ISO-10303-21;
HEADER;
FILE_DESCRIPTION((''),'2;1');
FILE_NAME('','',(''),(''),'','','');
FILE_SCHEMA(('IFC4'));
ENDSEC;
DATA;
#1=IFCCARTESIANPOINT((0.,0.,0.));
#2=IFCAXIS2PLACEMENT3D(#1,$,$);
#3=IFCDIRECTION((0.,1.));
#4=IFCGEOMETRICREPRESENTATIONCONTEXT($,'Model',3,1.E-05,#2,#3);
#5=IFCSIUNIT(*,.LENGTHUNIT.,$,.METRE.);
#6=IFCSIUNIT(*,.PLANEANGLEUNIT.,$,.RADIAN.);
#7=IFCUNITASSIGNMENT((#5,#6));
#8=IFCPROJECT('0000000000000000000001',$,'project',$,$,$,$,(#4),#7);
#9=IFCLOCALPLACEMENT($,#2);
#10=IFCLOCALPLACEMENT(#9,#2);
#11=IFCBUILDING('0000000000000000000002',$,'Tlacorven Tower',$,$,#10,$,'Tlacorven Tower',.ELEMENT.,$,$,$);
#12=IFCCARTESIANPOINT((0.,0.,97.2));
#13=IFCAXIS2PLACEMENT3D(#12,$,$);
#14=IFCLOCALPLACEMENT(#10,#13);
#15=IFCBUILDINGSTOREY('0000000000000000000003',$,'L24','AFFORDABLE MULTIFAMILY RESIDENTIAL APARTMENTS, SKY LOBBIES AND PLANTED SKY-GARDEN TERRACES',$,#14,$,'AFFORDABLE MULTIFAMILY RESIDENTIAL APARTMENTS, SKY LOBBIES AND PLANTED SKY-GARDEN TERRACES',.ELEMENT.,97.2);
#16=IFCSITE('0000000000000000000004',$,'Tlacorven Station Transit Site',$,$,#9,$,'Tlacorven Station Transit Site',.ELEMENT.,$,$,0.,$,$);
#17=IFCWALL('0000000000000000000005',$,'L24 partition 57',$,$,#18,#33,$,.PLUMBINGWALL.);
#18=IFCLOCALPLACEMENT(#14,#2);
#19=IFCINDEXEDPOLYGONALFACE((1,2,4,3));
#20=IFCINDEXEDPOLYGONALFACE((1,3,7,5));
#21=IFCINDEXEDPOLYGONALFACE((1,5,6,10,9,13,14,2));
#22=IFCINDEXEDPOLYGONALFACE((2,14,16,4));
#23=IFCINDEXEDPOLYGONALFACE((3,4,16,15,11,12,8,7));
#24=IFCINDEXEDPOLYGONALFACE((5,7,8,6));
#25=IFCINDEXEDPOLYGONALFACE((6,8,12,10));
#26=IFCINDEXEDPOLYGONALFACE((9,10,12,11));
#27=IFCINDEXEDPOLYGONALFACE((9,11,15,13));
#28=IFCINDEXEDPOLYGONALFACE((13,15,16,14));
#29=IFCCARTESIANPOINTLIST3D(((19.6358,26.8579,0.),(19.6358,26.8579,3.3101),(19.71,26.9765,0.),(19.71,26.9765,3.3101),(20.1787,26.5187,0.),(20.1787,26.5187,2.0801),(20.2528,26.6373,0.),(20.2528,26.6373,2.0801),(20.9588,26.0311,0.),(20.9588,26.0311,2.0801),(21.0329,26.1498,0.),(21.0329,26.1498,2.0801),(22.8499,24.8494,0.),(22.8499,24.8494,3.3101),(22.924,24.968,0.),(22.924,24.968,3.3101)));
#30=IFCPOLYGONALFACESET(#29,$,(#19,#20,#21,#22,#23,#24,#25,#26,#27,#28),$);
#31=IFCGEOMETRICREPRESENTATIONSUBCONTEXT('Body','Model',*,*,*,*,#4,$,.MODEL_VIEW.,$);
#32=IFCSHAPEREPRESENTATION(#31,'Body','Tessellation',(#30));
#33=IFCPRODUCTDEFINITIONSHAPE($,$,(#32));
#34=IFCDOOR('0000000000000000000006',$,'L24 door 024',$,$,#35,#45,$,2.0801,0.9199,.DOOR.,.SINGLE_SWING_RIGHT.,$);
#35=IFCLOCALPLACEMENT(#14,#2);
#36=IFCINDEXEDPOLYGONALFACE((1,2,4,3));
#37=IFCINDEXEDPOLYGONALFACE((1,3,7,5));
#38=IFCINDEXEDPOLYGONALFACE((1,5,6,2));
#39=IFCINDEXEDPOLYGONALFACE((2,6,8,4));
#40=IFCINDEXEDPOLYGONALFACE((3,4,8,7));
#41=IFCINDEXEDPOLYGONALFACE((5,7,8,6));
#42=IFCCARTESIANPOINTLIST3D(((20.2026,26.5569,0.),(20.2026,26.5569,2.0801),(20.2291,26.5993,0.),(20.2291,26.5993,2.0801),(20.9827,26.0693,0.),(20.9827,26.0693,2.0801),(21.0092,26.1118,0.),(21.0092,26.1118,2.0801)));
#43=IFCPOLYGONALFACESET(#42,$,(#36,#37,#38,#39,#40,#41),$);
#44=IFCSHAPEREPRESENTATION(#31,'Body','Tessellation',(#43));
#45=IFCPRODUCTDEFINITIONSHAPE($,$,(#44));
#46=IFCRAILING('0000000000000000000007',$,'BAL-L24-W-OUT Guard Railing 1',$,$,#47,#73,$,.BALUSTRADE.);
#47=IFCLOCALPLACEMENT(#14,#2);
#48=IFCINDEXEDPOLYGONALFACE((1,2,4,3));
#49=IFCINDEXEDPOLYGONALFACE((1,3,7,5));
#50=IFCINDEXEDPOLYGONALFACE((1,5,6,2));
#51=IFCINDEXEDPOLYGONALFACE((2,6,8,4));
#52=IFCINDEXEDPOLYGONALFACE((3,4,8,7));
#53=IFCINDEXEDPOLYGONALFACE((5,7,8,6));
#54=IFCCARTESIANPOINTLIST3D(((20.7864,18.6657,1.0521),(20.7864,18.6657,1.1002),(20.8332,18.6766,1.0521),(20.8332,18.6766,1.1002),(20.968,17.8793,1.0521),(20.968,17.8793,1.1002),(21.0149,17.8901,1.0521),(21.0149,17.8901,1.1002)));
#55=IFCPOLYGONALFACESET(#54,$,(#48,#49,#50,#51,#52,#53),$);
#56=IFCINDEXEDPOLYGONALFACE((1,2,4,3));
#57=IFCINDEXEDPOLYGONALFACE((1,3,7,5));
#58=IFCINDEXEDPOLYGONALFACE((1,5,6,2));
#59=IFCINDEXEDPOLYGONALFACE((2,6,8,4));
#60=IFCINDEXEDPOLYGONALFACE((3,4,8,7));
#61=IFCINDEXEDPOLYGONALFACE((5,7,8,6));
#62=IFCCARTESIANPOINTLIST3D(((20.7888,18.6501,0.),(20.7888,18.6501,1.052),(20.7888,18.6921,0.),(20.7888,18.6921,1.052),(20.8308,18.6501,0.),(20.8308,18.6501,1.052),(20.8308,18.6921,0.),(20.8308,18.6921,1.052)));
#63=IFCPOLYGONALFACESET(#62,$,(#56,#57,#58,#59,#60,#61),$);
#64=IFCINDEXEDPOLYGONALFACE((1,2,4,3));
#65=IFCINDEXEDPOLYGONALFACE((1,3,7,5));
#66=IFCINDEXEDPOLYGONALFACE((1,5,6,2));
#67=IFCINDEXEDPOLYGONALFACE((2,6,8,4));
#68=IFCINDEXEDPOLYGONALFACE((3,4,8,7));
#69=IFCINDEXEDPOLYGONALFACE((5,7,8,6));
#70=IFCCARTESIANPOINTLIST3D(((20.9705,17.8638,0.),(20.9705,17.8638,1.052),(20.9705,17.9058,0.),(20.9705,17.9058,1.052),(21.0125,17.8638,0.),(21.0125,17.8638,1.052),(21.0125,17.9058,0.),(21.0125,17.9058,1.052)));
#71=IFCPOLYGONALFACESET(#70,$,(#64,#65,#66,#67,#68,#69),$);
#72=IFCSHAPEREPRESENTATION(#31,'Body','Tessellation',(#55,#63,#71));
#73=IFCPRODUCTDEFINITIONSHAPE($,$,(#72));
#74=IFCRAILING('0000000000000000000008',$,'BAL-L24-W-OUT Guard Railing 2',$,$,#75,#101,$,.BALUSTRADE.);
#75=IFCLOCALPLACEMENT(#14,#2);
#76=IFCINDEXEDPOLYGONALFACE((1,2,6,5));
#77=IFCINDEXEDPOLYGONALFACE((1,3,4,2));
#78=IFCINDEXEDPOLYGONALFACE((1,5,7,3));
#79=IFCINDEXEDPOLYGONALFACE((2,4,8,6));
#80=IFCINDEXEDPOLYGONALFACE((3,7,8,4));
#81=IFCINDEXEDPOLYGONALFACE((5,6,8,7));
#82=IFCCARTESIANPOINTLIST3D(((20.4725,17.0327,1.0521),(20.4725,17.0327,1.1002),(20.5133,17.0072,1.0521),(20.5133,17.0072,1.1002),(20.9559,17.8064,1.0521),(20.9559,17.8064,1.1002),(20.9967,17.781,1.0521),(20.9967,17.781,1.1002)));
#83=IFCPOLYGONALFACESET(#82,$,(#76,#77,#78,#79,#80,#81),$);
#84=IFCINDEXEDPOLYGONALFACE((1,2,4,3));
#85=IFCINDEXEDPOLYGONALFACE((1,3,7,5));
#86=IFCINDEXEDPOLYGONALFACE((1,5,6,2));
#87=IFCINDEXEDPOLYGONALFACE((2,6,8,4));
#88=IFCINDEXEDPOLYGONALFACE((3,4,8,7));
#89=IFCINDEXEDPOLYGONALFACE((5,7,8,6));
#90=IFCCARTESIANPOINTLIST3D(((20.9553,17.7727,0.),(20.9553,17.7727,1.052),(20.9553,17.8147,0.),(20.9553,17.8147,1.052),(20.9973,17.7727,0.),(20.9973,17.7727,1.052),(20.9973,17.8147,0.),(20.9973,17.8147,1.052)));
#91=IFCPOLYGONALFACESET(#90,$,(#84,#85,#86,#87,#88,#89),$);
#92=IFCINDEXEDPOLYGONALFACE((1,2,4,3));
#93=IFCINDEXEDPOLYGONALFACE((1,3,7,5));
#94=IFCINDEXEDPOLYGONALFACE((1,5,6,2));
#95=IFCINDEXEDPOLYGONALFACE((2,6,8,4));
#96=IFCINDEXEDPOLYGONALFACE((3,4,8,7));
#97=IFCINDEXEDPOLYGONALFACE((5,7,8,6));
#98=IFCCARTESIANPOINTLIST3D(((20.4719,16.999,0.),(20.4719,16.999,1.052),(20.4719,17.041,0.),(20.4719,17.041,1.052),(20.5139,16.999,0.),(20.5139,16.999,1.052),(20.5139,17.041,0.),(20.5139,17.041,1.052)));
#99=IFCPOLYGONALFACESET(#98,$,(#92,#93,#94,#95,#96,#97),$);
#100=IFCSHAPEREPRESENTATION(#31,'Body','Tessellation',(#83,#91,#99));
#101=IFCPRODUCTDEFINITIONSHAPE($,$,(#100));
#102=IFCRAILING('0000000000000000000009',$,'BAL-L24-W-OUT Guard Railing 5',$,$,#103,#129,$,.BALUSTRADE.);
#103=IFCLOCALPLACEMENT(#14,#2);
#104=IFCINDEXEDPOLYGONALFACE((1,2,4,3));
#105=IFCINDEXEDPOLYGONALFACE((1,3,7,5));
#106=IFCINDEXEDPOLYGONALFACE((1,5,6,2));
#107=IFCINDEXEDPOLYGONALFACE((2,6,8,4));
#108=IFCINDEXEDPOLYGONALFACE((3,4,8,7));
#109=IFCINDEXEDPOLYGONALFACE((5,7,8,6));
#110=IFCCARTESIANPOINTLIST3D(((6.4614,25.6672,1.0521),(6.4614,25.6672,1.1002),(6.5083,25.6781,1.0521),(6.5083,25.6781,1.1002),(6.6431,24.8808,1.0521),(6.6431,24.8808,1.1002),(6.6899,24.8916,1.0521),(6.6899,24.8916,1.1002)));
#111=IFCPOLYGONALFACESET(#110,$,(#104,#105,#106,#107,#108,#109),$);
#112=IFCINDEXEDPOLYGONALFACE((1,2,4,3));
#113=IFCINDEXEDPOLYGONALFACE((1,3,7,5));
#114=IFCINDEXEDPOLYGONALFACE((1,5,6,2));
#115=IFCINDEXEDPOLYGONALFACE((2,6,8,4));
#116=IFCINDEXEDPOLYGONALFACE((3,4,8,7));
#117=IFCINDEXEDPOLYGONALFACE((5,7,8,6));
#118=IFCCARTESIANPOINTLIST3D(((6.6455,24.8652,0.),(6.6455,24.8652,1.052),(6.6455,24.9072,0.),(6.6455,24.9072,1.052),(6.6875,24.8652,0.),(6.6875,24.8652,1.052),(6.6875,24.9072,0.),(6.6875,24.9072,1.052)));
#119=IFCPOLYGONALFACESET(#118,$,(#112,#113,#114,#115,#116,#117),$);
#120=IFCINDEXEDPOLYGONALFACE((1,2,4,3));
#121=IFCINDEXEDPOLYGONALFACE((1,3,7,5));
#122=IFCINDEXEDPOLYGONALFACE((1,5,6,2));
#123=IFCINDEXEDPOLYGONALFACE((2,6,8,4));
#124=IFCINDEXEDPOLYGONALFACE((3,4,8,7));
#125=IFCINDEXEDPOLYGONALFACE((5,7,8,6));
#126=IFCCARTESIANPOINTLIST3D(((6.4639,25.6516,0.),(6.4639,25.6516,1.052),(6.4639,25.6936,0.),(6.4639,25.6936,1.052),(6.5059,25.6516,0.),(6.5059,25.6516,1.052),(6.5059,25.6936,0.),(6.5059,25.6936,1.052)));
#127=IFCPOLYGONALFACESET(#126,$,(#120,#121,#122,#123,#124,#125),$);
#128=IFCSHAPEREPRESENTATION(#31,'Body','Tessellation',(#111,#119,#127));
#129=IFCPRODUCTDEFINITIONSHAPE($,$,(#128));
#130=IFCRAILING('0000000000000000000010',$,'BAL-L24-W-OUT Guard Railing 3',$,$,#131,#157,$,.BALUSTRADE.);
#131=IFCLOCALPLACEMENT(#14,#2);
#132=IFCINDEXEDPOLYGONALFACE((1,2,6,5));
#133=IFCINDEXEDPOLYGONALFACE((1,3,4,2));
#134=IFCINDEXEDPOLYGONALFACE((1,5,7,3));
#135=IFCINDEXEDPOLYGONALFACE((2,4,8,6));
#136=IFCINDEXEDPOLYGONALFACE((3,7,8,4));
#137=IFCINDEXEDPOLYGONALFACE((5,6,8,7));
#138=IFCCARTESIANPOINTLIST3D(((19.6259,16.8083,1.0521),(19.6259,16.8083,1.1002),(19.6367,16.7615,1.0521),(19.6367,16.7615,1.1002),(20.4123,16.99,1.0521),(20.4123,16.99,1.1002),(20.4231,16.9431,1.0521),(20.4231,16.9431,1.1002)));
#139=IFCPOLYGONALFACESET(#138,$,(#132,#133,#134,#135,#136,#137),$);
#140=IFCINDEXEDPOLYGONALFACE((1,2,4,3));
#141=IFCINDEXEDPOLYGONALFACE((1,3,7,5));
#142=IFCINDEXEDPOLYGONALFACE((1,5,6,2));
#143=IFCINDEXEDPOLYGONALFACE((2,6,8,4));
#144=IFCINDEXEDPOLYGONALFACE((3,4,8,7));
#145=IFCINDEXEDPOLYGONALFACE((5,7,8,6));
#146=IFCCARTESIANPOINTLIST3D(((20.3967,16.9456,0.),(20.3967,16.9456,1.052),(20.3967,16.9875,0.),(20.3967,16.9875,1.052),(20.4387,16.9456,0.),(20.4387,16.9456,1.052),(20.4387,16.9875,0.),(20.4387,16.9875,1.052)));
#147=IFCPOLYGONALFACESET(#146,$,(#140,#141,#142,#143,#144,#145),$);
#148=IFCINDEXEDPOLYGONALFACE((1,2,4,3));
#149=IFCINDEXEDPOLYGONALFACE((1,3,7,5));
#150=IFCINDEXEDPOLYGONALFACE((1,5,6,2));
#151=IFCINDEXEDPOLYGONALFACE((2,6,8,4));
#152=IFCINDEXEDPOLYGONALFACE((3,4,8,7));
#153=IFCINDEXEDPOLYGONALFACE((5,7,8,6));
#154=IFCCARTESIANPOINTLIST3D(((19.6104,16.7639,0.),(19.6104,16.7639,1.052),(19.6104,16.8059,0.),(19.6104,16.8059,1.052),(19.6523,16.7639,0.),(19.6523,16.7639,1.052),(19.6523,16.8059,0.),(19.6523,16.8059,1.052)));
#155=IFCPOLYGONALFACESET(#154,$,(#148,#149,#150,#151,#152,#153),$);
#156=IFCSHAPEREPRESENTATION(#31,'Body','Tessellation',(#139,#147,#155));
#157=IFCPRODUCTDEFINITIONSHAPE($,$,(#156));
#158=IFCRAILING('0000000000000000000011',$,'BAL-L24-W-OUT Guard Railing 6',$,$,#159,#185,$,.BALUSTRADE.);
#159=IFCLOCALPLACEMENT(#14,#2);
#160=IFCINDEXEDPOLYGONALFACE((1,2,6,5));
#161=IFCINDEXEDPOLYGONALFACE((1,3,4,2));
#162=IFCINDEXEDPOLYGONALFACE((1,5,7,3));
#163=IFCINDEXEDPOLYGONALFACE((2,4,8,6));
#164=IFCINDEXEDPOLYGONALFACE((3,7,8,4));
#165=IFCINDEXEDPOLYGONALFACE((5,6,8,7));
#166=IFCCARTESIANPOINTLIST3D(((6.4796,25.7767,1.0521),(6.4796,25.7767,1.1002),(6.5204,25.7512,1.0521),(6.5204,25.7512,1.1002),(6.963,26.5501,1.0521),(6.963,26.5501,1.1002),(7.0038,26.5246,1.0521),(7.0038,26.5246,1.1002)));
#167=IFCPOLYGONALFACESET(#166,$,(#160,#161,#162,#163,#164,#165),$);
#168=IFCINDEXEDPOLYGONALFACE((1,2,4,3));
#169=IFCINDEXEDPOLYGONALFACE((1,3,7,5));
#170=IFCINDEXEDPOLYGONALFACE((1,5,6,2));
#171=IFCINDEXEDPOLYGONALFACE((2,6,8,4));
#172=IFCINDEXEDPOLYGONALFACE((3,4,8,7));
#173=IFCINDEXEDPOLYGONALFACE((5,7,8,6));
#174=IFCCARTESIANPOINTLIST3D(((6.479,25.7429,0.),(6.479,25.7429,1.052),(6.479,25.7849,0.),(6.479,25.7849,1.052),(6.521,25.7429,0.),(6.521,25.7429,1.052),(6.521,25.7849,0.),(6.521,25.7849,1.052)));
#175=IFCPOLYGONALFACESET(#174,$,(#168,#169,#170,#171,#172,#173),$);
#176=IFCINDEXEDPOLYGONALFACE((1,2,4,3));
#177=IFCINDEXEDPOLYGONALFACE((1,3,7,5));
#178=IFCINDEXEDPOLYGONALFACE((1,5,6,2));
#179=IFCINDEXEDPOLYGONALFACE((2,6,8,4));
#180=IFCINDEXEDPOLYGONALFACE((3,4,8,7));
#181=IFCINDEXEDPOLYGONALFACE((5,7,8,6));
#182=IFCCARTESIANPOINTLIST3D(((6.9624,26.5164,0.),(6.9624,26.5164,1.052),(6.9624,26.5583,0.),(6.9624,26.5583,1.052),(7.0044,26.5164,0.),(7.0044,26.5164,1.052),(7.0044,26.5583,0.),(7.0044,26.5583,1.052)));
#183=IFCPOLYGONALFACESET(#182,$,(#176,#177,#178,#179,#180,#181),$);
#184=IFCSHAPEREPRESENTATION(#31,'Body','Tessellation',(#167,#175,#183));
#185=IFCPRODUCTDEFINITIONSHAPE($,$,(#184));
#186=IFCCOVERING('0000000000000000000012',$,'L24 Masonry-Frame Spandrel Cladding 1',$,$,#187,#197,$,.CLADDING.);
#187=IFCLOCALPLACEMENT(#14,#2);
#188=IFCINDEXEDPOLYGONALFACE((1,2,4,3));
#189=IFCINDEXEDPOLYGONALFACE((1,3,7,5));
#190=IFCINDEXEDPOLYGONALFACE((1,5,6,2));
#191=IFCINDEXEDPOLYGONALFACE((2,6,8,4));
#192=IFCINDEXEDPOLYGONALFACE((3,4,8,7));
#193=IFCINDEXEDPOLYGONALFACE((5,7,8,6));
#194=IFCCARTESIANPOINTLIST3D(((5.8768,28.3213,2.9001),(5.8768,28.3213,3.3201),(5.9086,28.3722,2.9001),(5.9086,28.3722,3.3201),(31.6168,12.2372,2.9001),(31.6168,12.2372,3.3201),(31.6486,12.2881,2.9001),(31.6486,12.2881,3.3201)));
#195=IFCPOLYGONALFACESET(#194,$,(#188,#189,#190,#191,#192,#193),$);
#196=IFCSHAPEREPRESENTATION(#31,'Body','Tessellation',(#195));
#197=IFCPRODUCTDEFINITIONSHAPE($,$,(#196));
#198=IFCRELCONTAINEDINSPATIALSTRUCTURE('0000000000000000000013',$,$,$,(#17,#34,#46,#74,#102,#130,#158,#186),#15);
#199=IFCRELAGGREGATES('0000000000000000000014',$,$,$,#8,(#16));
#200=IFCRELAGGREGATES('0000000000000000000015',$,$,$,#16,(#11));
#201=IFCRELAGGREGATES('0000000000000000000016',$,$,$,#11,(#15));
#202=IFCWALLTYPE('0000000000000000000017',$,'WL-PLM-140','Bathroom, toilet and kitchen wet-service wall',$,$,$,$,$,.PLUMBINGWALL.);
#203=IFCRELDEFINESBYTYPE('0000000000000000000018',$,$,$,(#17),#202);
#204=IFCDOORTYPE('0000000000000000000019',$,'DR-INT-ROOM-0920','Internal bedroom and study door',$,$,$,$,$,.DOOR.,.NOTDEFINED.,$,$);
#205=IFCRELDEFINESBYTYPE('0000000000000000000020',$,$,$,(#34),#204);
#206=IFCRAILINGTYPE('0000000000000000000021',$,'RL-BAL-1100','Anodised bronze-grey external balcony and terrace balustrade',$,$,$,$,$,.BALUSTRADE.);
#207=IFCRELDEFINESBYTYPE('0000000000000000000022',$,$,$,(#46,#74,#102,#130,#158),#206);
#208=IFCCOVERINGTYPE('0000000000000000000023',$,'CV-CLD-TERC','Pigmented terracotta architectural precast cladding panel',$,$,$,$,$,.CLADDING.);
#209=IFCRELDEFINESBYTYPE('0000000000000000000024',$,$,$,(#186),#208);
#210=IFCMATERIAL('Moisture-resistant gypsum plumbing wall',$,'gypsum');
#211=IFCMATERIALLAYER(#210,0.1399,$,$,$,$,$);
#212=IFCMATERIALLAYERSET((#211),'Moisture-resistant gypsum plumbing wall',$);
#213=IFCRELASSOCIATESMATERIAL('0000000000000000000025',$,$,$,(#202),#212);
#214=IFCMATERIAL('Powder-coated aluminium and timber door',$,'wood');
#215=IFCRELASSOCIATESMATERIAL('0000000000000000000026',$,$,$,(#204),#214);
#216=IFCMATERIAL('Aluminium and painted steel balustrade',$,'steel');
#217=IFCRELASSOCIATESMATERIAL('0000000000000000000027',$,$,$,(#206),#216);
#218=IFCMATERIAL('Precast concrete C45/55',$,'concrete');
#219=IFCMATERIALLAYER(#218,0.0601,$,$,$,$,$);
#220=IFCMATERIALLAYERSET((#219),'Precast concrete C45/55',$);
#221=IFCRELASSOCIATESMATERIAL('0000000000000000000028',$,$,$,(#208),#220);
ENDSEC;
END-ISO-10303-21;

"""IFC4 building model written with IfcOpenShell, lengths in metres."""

from ifc_helpers import new_model, si_unit, direction, frame, frame_2d, origin, origin_2d, place, context, subcontext, project, spatial, rectangle, extrude, source, transform, mapped, material, layer, layer_set, type_object, element, fill, save


model = new_model("IFC4")

# Units and contexts
model_context = context("Model", 3, precision=1e-05, world=origin(), true_north=direction((0.0, 1.0)))
body_context = subcontext(model_context, "Body", "Model", "MODEL_VIEW")
ifc_project = project(units=[si_unit("LENGTHUNIT", "METRE"), si_unit("PLANEANGLEUNIT", "RADIAN")], contexts=[model_context])

# Site, building, storey
site_placement = place(None, origin())
site = spatial("IfcSite", under=ifc_project, at=site_placement, Name="Tlacorven Station Transit Site", LongName="Tlacorven Station Transit Site", CompositionType="ELEMENT", RefElevation=0.0)
building_placement = place(site_placement, origin())
building = spatial("IfcBuilding", under=site, at=building_placement, Name="Tlacorven Tower", LongName="Tlacorven Tower", CompositionType="ELEMENT")
storey_placement = place(building_placement, frame((0.0, 0.0, 97.2)))
storey = spatial("IfcBuildingStorey", under=building, at=storey_placement, Name="L24", Description="AFFORDABLE MULTIFAMILY RESIDENTIAL APARTMENTS, SKY LOBBIES AND PLANTED SKY-GARDEN TERRACES", LongName="AFFORDABLE MULTIFAMILY RESIDENTIAL APARTMENTS, SKY LOBBIES AND PLANTED SKY-GARDEN TERRACES", CompositionType="ELEMENT", Elevation=97.2)

# Shared definitions
ifc_material_1 = material(Name="Precast concrete C45/55", Category="concrete")

# Wall, opening, door
ifc_material_2 = material(Name="Moisture-resistant gypsum plumbing wall", Category="gypsum")
ifc_layer_1 = layer(ifc_material_2, 0.1399)
ifc_layer_set_1 = layer_set([ifc_layer_1], Name="Moisture-resistant gypsum plumbing wall")
wall_type = type_object("IfcWallType", Name="WL-PLM-140", Description="Bathroom, toilet and kitchen wet-service wall", PredefinedType="PLUMBINGWALL", material=ifc_layer_set_1)
wall_placement = place(storey_placement, frame((22.887, 24.9087, 0.0), z_axis=(0.0, 0.0, 1.0), x_axis=(-0.848031, 0.529947, 0.0)))
wall = element("IfcWall", 1, at=wall_placement, inside=storey, type_object=wall_type, Name="L24 partition 57", PredefinedType="PLUMBINGWALL", context=body_context, shape_type="SweptSolid", body=[
    extrude(rectangle(XDim=3.79, YDim=0.1399, at=frame_2d((1.895, 0.0))), origin(), (0.0, 0.0, 1.0), 3.3101),
])
opening_placement = place(wall_placement, frame((2.23, 0.0, 0.0)))
opening = element("IfcOpeningElement", 2, at=opening_placement, cuts=wall, PredefinedType="OPENING", context=body_context, shape_type="SweptSolid", body=[
    extrude(rectangle(XDim=0.9199, YDim=2.0801, at=frame_2d((0.46, 1.04))), frame((0.0, 0.0801, 0.0), z_axis=(0.0, -1.0, 0.0), x_axis=(1.0, 0.0, 0.0)), (0.0, 0.0, 1.0), 0.1599),
])
ifc_material_3 = material(Name="Powder-coated aluminium and timber door", Category="wood")
door_type = type_object("IfcDoorType", Name="DR-INT-ROOM-0920", Description="Internal bedroom and study door", OperationType="NOTDEFINED", PredefinedType="DOOR", material=ifc_material_3)
shared_shape_1 = source(origin(), body_context, "Body", "SweptSolid", [
    extrude(rectangle(XDim=0.9199, YDim=2.0801, at=frame_2d((0.46, 1.04))), frame((0.0, 0.0249, 0.0), z_axis=(0.0, -1.0, 0.0), x_axis=(1.0, 0.0, 0.0)), (0.0, 0.0, 1.0), 0.05),
])
door_placement = place(opening_placement, origin())
door = element("IfcDoor", 3, at=door_placement, inside=storey, type_object=door_type, Name="L24 door 024", OperationType="SINGLE_SWING_RIGHT", OverallHeight=2.0801, OverallWidth=0.9199, PredefinedType="DOOR", context=body_context, shape_type="MappedRepresentation", body=[
    mapped(shared_shape_1, transform((0.0, 0.0, 0.0), scale=1.0)),
])
fill(opening, door)

# Railings
ifc_material_4 = material(Name="Aluminium and painted steel balustrade", Category="steel")
railing_type = type_object("IfcRailingType", Name="RL-BAL-1100", Description="Anodised bronze-grey external balcony and terrace balustrade", PredefinedType="BALUSTRADE", material=ifc_material_4)
shared_shape_2 = source(origin(), body_context, "Body", "SweptSolid", [
    extrude(rectangle(XDim=0.0481, YDim=0.0481, at=origin_2d()), frame((0.0, 0.0, 1.0762), z_axis=(0.225058, -0.974345, 0.0), x_axis=(0.974345, 0.225058, 0.0)), (0.0, 0.0, 1.0), 0.8071),
    extrude(rectangle(XDim=0.042, YDim=0.042, at=origin_2d()), origin(), (0.0, 0.0, 1.0), 1.052),
    extrude(rectangle(XDim=0.042, YDim=0.042, at=origin_2d()), frame((0.1816, -0.7864, 0.0)), (0.0, 0.0, 1.0), 1.052),
])
railing_1_placement = place(storey_placement, frame((20.8098, 18.6711, 0.0)))
element("IfcRailing", 4, at=railing_1_placement, inside=storey, type_object=railing_type, Name="BAL-L24-W-OUT Guard Railing 1", PredefinedType="BALUSTRADE", context=body_context, shape_type="MappedRepresentation", body=[
    mapped(shared_shape_2, transform((0.0, 0.0, 0.0), scale=1.0)),
])
shared_shape_3 = source(origin(), body_context, "Body", "SweptSolid", [
    extrude(rectangle(XDim=0.0481, YDim=0.0481, at=origin_2d()), frame((0.0, 0.0, 1.0762), z_axis=(-0.529879, -0.848073, 0.0), x_axis=(0.848073, -0.529879, 0.0)), (0.0, 0.0, 1.0), 0.9124),
    extrude(rectangle(XDim=0.042, YDim=0.042, at=origin_2d()), origin(), (0.0, 0.0, 1.0), 1.052),
    extrude(rectangle(XDim=0.042, YDim=0.042, at=origin_2d()), frame((-0.4834, -0.7737, 0.0)), (0.0, 0.0, 1.0), 1.052),
])
railing_2_placement = place(storey_placement, frame((20.9763, 17.7937, 0.0)))
element("IfcRailing", 5, at=railing_2_placement, inside=storey, type_object=railing_type, Name="BAL-L24-W-OUT Guard Railing 2", PredefinedType="BALUSTRADE", context=body_context, shape_type="MappedRepresentation", body=[
    mapped(shared_shape_3, transform((0.0, 0.0, 0.0), scale=1.0)),
])
shared_shape_4 = source(origin(), body_context, "Body", "SweptSolid", [
    extrude(rectangle(XDim=0.0481, YDim=0.0481, at=origin_2d()), frame((0.0, 0.0, 1.0762), z_axis=(-0.225058, 0.974345, 0.0), x_axis=(-0.974345, -0.225058, 0.0)), (0.0, 0.0, 1.0), 0.8071),
    extrude(rectangle(XDim=0.042, YDim=0.042, at=origin_2d()), origin(), (0.0, 0.0, 1.0), 1.052),
    extrude(rectangle(XDim=0.042, YDim=0.042, at=origin_2d()), frame((-0.1816, 0.7864, 0.0)), (0.0, 0.0, 1.0), 1.052),
])
railing_3_placement = place(storey_placement, frame((6.6665, 24.8862, 0.0)))
element("IfcRailing", 6, at=railing_3_placement, inside=storey, type_object=railing_type, Name="BAL-L24-W-OUT Guard Railing 5", PredefinedType="BALUSTRADE", context=body_context, shape_type="MappedRepresentation", body=[
    mapped(shared_shape_4, transform((0.0, 0.0, 0.0), scale=1.0)),
])
shared_shape_5 = source(origin(), body_context, "Body", "SweptSolid", [
    extrude(rectangle(XDim=0.0481, YDim=0.0481, at=origin_2d()), frame((0.0, 0.0, 1.0762), z_axis=(-0.974345, -0.225058, 0.0), x_axis=(0.225058, -0.974345, 0.0)), (0.0, 0.0, 1.0), 0.8071),
    extrude(rectangle(XDim=0.042, YDim=0.042, at=origin_2d()), origin(), (0.0, 0.0, 1.0), 1.052),
    extrude(rectangle(XDim=0.042, YDim=0.042, at=origin_2d()), frame((-0.7864, -0.1816, 0.0)), (0.0, 0.0, 1.0), 1.052),
])
railing_4_placement = place(storey_placement, frame((20.4177, 16.9666, 0.0)))
element("IfcRailing", 7, at=railing_4_placement, inside=storey, type_object=railing_type, Name="BAL-L24-W-OUT Guard Railing 3", PredefinedType="BALUSTRADE", context=body_context, shape_type="MappedRepresentation", body=[
    mapped(shared_shape_5, transform((0.0, 0.0, 0.0), scale=1.0)),
])
shared_shape_6 = source(origin(), body_context, "Body", "SweptSolid", [
    extrude(rectangle(XDim=0.0481, YDim=0.0481, at=origin_2d()), frame((0.0, 0.0, 1.0762), z_axis=(0.529999, 0.847998, 0.0), x_axis=(-0.847998, 0.529999, 0.0)), (0.0, 0.0, 1.0), 0.9121),
    extrude(rectangle(XDim=0.042, YDim=0.042, at=origin_2d()), origin(), (0.0, 0.0, 1.0), 1.052),
    extrude(rectangle(XDim=0.042, YDim=0.042, at=origin_2d()), frame((0.4834, 0.7734, 0.0)), (0.0, 0.0, 1.0), 1.052),
])
railing_5_placement = place(storey_placement, frame((6.5, 25.7639, 0.0)))
element("IfcRailing", 8, at=railing_5_placement, inside=storey, type_object=railing_type, Name="BAL-L24-W-OUT Guard Railing 6", PredefinedType="BALUSTRADE", context=body_context, shape_type="MappedRepresentation", body=[
    mapped(shared_shape_6, transform((0.0, 0.0, 0.0), scale=1.0)),
])

# Covering
ifc_layer_2 = layer(ifc_material_1, 0.0601)
ifc_layer_set_2 = layer_set([ifc_layer_2], Name="Precast concrete C45/55")
covering_type = type_object("IfcCoveringType", Name="CV-CLD-TERC", Description="Pigmented terracotta architectural precast cladding panel", PredefinedType="CLADDING", material=ifc_layer_set_2)
shared_shape_7 = source(origin(), body_context, "Body", "SweptSolid", [
    extrude(rectangle(XDim=30.3521, YDim=0.0601, at=origin_2d()), origin(), (0.0, 0.0, 1.0), 0.4199),
])
covering_placement = place(storey_placement, frame((18.7627, 20.3047, 2.9001), z_axis=(0.0, 0.0, 1.0), x_axis=(-0.848048, 0.529919, 0.0)))
element("IfcCovering", 9, at=covering_placement, inside=storey, type_object=covering_type, Name="L24 Masonry-Frame Spandrel Cladding 1", PredefinedType="CLADDING", context=body_context, shape_type="MappedRepresentation", body=[
    mapped(shared_shape_7, transform((0.0, 0.0, 0.0), scale=1.0)),
])

save(model, "model.ifc")
